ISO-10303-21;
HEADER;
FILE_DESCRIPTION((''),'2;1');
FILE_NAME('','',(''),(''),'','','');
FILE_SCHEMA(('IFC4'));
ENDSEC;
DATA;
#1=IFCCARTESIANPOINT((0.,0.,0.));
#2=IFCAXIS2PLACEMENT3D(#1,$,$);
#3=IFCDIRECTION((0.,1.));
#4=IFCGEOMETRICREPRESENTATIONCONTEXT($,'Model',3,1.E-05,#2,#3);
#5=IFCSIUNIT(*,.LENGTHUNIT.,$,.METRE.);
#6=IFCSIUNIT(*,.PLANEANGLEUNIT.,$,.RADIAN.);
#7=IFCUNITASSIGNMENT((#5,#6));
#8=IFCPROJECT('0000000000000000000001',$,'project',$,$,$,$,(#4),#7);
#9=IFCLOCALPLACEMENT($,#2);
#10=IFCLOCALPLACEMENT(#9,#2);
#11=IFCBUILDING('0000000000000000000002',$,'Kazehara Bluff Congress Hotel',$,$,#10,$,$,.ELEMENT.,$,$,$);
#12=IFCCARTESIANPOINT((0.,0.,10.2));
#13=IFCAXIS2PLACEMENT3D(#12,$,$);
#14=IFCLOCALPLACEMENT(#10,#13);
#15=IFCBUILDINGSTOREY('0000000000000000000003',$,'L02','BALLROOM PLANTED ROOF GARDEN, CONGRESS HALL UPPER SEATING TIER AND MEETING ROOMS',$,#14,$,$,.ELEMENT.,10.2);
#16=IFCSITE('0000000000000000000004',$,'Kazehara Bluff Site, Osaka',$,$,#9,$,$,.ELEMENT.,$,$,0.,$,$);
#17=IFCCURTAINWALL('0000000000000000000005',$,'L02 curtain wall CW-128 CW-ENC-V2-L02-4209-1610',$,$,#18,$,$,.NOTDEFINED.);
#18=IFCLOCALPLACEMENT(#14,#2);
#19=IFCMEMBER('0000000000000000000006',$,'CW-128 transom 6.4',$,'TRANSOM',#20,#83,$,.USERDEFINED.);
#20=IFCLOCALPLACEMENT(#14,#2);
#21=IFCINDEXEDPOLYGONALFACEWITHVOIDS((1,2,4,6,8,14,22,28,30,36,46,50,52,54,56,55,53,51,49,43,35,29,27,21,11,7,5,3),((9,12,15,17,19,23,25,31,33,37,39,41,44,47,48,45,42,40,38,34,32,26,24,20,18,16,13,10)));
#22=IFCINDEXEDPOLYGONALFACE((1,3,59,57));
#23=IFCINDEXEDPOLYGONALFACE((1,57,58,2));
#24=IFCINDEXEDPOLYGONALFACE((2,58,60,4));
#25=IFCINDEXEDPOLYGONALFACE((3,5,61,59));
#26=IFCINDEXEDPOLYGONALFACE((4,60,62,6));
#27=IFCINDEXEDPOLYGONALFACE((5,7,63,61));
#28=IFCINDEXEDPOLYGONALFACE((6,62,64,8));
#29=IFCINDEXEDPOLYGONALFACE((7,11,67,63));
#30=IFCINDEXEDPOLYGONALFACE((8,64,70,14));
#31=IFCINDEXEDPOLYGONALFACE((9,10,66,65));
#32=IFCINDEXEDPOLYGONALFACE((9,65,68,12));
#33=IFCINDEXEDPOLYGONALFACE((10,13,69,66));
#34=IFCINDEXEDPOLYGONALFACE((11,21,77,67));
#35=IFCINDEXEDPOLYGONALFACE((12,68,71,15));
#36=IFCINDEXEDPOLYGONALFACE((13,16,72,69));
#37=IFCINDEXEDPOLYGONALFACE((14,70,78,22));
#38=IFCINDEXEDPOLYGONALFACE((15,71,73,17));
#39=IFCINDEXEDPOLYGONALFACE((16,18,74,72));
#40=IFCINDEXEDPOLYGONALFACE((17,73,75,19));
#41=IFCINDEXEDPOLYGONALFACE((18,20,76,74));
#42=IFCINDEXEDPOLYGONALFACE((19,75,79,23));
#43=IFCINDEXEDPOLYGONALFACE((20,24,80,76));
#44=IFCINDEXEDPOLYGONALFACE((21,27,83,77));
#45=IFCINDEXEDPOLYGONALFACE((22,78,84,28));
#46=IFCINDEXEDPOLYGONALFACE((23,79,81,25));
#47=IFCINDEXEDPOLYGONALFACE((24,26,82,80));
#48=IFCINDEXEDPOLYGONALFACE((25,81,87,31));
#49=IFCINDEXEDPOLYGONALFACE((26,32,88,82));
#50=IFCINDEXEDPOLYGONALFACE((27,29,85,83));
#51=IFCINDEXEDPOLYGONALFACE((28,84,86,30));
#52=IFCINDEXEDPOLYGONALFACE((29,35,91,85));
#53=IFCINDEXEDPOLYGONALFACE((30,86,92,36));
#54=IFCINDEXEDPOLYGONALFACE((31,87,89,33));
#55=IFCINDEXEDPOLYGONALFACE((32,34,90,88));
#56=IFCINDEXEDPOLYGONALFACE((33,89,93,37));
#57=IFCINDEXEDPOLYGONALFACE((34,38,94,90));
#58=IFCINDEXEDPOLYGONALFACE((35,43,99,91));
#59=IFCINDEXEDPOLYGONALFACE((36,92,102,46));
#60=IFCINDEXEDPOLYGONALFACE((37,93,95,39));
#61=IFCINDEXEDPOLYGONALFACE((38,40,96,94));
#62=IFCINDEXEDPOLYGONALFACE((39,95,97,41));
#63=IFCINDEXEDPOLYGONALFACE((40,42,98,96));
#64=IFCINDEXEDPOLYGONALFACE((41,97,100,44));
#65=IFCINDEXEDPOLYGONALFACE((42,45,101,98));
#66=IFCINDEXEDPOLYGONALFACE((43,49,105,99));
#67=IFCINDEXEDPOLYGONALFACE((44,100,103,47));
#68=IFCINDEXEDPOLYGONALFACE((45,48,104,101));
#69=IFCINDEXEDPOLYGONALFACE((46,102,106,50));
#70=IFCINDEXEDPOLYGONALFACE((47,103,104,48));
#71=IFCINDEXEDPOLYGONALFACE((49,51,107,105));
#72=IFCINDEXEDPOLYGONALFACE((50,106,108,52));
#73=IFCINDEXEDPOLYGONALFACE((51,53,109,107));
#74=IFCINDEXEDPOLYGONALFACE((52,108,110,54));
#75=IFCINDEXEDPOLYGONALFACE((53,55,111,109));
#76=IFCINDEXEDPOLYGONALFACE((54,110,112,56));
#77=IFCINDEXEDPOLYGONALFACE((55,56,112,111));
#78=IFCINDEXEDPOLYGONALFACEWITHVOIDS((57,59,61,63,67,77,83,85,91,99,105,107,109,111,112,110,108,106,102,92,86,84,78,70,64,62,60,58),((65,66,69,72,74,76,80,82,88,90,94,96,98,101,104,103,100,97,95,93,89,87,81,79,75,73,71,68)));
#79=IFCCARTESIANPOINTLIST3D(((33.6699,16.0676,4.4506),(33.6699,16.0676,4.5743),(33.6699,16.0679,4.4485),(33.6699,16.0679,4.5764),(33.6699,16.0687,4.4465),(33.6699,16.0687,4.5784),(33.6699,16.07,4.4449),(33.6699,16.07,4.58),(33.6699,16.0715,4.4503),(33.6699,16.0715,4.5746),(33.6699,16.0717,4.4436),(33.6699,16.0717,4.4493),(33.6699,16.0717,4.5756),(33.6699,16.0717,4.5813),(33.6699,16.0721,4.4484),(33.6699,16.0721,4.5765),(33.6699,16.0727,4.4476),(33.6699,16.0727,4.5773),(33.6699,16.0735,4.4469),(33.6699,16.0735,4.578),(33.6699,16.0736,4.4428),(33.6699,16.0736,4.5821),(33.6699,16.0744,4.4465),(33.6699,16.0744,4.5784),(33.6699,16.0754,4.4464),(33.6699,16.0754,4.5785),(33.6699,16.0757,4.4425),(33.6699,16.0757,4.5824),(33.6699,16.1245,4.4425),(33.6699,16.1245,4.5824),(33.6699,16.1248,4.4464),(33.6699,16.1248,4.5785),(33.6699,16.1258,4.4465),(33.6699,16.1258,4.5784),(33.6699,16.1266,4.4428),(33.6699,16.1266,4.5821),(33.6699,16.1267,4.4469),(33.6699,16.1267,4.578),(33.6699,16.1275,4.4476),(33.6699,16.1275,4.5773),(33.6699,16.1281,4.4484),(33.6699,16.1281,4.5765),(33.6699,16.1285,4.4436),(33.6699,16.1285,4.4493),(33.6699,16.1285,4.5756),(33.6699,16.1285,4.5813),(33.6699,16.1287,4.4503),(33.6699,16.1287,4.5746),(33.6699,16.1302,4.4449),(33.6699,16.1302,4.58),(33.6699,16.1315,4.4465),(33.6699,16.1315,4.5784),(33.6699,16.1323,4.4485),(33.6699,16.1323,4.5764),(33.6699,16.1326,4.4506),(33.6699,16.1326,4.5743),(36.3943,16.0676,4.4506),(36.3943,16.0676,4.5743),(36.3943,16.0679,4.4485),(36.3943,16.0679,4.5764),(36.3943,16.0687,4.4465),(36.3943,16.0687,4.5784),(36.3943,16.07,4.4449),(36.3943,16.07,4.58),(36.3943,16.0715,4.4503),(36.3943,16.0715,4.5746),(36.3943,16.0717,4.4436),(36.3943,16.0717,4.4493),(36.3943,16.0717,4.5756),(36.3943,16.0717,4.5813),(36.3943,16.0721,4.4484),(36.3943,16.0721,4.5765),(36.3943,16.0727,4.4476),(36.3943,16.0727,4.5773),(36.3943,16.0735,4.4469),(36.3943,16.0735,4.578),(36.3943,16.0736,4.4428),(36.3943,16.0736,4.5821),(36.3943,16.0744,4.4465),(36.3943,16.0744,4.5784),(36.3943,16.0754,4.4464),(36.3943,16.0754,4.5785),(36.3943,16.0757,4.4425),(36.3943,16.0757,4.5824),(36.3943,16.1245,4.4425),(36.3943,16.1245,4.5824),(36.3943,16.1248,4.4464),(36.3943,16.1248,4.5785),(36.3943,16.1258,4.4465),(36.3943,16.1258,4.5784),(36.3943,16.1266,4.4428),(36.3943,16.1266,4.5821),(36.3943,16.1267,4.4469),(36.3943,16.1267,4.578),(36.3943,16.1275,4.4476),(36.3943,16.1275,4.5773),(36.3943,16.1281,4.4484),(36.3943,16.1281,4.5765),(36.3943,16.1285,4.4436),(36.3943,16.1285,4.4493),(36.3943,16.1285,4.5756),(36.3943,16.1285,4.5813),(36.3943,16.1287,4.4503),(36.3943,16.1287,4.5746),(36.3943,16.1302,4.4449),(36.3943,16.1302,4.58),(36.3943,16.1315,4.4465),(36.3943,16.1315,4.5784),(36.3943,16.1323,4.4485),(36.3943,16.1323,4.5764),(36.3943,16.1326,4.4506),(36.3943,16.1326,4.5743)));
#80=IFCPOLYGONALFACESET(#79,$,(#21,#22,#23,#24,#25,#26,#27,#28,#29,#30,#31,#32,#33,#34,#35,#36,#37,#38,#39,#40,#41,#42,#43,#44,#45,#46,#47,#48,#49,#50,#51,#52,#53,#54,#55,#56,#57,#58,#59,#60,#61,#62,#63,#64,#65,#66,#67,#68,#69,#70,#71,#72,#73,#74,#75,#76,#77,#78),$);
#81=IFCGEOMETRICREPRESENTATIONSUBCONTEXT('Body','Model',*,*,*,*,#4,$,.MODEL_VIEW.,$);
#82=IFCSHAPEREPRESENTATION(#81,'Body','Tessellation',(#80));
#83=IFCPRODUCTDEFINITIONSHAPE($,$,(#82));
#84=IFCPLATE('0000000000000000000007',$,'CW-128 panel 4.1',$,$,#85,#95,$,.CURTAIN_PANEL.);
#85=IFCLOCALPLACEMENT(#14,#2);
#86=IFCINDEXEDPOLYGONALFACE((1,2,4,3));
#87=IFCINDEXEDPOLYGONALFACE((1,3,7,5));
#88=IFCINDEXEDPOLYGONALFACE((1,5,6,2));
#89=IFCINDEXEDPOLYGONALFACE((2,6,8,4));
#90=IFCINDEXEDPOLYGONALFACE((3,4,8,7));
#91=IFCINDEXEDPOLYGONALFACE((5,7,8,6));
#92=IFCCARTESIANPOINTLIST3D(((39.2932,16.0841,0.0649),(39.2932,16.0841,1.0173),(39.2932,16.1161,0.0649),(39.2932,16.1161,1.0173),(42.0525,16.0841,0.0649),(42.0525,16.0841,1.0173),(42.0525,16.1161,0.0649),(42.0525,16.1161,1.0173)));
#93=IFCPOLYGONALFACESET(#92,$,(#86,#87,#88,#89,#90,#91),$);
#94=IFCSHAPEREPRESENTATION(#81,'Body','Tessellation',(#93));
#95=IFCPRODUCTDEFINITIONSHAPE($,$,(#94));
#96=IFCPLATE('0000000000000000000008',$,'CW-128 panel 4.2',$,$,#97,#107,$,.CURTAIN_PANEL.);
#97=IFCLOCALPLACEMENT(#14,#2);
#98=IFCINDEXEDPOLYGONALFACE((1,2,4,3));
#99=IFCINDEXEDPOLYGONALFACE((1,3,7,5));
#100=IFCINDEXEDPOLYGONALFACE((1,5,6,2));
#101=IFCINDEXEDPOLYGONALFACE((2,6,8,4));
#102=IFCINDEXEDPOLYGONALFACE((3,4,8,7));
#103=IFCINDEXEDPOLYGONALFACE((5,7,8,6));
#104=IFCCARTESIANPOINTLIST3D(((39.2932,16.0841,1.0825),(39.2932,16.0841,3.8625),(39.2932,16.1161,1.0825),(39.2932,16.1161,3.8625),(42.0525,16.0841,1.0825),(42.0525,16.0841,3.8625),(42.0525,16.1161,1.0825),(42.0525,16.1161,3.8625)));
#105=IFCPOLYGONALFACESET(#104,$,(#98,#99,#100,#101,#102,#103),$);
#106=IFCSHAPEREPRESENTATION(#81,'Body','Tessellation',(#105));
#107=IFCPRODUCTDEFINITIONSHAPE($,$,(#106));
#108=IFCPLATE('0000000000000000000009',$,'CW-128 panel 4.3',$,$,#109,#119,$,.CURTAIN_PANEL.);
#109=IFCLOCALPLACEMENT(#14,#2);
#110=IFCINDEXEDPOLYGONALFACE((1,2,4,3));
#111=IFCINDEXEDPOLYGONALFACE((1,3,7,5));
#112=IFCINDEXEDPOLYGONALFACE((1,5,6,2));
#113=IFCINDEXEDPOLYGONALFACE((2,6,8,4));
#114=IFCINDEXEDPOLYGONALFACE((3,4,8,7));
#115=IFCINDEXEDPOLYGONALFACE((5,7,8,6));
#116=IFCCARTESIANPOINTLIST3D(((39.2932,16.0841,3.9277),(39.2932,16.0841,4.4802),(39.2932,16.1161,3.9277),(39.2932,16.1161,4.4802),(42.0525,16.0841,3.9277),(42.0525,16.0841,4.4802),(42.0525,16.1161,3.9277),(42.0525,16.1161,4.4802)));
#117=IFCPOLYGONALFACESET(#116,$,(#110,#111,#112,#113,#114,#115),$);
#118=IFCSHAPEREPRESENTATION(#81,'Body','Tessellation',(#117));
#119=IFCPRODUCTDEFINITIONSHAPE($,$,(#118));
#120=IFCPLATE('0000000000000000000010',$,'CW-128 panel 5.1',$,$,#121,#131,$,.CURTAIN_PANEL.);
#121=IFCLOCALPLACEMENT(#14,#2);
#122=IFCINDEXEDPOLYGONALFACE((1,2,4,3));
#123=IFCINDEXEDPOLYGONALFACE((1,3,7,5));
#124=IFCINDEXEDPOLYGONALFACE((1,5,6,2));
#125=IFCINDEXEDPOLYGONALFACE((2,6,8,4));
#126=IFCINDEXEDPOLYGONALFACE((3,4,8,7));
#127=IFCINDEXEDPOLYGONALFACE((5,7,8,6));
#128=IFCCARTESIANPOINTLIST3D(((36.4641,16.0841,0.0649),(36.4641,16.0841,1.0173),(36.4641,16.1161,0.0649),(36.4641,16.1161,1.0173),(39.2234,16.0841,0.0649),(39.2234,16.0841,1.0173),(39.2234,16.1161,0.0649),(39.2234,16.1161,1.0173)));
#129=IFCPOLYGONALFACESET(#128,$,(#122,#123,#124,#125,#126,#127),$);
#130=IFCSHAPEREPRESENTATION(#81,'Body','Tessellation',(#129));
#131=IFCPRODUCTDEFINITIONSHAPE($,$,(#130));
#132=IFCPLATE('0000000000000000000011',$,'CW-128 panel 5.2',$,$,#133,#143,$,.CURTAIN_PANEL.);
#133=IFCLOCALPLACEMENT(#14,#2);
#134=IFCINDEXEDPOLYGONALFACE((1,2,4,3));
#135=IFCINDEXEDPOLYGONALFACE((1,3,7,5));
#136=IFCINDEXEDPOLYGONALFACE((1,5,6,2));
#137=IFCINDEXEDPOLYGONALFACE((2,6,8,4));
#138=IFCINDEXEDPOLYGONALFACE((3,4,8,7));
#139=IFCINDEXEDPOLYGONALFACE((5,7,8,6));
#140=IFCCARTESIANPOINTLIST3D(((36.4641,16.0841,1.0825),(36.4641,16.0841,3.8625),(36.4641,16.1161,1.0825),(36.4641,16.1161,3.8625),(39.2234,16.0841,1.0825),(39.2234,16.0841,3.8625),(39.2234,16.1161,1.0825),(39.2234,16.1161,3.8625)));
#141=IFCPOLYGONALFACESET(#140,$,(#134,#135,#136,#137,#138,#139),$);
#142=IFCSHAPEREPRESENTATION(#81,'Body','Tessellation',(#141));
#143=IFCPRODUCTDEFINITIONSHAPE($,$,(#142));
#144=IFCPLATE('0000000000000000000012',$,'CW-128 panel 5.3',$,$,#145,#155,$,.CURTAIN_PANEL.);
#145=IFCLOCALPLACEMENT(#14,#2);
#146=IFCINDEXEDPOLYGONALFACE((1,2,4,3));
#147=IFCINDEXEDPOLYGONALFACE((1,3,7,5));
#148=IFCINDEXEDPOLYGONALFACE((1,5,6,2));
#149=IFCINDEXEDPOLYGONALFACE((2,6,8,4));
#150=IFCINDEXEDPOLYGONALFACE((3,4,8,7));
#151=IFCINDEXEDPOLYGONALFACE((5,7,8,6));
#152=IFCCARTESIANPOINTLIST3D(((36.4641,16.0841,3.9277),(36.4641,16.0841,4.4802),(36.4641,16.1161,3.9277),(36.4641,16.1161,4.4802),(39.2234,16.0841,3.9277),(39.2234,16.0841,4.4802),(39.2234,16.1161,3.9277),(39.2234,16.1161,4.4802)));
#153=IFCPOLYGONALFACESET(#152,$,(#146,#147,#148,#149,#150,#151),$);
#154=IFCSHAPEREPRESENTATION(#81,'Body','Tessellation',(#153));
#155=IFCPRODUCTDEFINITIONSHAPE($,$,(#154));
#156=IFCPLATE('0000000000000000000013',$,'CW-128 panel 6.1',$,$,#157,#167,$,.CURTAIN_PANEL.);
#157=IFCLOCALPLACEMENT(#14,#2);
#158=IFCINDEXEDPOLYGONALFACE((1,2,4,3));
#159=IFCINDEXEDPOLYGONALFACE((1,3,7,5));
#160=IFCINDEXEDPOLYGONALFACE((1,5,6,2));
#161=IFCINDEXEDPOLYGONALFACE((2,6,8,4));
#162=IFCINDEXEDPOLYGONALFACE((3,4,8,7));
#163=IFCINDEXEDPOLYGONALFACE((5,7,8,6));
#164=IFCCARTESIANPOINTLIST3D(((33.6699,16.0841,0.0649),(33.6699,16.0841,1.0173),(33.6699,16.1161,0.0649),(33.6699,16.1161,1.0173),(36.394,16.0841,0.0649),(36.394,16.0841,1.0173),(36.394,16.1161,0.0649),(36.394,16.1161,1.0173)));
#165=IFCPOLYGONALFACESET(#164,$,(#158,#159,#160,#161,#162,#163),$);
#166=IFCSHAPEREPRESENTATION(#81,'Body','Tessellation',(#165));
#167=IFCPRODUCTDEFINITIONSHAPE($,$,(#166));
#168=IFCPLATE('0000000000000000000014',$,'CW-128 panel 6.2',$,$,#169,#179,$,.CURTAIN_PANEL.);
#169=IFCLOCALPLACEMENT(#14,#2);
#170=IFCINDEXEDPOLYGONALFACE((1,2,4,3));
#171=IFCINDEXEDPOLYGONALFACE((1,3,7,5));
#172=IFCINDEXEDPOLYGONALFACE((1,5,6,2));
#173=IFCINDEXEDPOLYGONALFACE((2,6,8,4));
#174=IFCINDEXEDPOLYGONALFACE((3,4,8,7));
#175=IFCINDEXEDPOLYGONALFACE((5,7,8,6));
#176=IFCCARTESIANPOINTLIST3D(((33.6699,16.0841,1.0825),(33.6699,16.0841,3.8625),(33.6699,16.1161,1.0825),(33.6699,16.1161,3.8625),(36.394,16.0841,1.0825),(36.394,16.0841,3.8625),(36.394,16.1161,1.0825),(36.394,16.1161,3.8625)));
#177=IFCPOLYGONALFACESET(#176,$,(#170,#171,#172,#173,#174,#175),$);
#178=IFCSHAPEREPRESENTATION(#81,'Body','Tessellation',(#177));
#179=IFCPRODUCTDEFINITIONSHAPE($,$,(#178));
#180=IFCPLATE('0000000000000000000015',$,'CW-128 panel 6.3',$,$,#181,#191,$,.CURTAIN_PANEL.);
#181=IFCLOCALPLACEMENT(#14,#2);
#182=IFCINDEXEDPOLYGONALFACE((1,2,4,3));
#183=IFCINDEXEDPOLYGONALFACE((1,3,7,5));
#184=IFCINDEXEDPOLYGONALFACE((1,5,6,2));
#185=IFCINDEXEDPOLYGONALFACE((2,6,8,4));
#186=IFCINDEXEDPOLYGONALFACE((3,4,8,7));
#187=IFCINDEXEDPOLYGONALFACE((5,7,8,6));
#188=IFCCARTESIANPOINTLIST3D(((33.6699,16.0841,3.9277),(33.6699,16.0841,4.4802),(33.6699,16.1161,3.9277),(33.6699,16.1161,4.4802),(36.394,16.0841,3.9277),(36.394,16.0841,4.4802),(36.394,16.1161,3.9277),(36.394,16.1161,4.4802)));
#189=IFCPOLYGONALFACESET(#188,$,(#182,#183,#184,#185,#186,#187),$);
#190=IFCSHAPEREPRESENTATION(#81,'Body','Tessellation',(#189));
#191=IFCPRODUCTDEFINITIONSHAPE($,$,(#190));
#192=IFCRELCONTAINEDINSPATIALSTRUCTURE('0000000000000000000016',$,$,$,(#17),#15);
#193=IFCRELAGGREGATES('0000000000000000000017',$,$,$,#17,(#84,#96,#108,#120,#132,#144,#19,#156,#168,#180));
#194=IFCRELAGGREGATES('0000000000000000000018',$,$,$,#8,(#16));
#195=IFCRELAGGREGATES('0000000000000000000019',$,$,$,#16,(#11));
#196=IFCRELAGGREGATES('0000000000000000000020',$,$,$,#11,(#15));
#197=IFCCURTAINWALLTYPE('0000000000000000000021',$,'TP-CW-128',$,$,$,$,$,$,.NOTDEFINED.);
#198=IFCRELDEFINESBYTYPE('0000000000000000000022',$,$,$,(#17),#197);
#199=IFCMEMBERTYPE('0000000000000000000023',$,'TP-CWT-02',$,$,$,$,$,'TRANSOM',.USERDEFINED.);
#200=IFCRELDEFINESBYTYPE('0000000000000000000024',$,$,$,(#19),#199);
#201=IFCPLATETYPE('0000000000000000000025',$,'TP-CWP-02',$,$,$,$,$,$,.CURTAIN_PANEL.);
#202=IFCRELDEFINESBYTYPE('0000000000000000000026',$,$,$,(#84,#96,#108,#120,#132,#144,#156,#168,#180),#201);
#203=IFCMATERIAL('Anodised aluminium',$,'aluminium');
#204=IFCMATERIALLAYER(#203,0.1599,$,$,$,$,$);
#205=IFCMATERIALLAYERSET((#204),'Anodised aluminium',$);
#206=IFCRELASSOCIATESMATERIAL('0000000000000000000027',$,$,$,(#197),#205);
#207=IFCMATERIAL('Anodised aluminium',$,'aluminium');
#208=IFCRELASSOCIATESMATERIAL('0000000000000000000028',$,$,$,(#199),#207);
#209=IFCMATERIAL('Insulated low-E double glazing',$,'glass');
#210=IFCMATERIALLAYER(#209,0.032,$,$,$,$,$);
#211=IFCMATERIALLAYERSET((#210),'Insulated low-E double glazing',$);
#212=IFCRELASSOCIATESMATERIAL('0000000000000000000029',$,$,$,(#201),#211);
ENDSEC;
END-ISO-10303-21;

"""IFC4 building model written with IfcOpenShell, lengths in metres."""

from ifc_helpers import new_model, si_unit, direction, frame, origin, origin_2d, place, context, subcontext, project, spatial, rectangle, hollow_rectangle, extrude, material, layer, layer_set, material_profile, profile_set, type_object, element, aggregate, save


model = new_model("IFC4")

# Units and contexts
model_context = context("Model", 3, precision=1e-05, world=origin(), true_north=direction((0.0, 1.0)))
body_context = subcontext(model_context, "Body", "Model", "MODEL_VIEW")
ifc_project = project(units=[si_unit("LENGTHUNIT", "METRE"), si_unit("PLANEANGLEUNIT", "RADIAN")], contexts=[model_context])

# Site, building, storey
site_placement = place(None, origin())
site = spatial("IfcSite", under=ifc_project, at=site_placement, Name="Kazehara Bluff Site, Osaka", CompositionType="ELEMENT", RefElevation=0.0)
building_placement = place(site_placement, origin())
building = spatial("IfcBuilding", under=site, at=building_placement, Name="Kazehara Bluff Congress Hotel", CompositionType="ELEMENT")
storey_placement = place(building_placement, frame((0.0, 0.0, 10.2)))
storey = spatial("IfcBuildingStorey", under=building, at=storey_placement, Name="L02", Description="BALLROOM PLANTED ROOF GARDEN, CONGRESS HALL UPPER SEATING TIER AND MEETING ROOMS", CompositionType="ELEMENT", Elevation=10.2)

# Curtain wall, member, plates
ifc_material_1 = material(Name="Anodised aluminium", Category="aluminium")
ifc_layer_1 = layer(ifc_material_1, 0.1599)
ifc_layer_set_1 = layer_set([ifc_layer_1], Name="Anodised aluminium")
curtain_wall_type = type_object("IfcCurtainWallType", Name="TP-CW-128", PredefinedType="NOTDEFINED", material=ifc_layer_set_1)
curtain_wall_placement = place(storey_placement, origin())
curtain_wall = element("IfcCurtainWall", 1, at=curtain_wall_placement, inside=storey, type_object=curtain_wall_type, Name="L02 curtain wall CW-128 CW-ENC-V2-L02-4209-1610", PredefinedType="NOTDEFINED")
ifc_material_2 = material(Name="Anodised aluminium", Category="aluminium")
ifc_material_profile_1 = material_profile(ifc_material_2, hollow_rectangle(XDim=0.0649, YDim=0.1399, WallThickness=0.0039, InnerFilletRadius=0.0039, OuterFilletRadius=0.0081, at=origin_2d()))
ifc_profile_set_1 = profile_set([ifc_material_profile_1], Name="Anodised aluminium")
member_type_1 = type_object("IfcMemberType", Name="TP-CWT-02", ElementType="TRANSOM", PredefinedType="USERDEFINED", material=ifc_profile_set_1)
member_1_placement = place(storey_placement, frame((36.3943, 16.1001, 4.5125), z_axis=(-1.0, 0.0, 0.0), x_axis=(0.0, -1.0, 0.0)))
member_1 = element("IfcMember", 2, at=member_1_placement, type_object=member_type_1, Name="CW-128 transom 6.4", ObjectType="TRANSOM", PredefinedType="USERDEFINED", context=body_context, shape_type="SweptSolid", body=[
    extrude(hollow_rectangle(XDim=0.0649, YDim=0.1399, WallThickness=0.0039, InnerFilletRadius=0.0039, OuterFilletRadius=0.0081, at=origin_2d()), origin(), (0.0, 0.0, 1.0), 2.7244),
])
ifc_material_3 = material(Name="Insulated low-E double glazing", Category="glass")
ifc_layer_2 = layer(ifc_material_3, 0.032)
ifc_layer_set_2 = layer_set([ifc_layer_2], Name="Insulated low-E double glazing")
plate_type = type_object("IfcPlateType", Name="TP-CWP-02", PredefinedType="CURTAIN_PANEL", material=ifc_layer_set_2)
plate_1_placement = place(storey_placement, frame((40.6729, 16.1001, 0.0649), z_axis=(0.0, 0.0, 1.0), x_axis=(-1.0, 0.0, 0.0)))
plate_1 = element("IfcPlate", 3, at=plate_1_placement, type_object=plate_type, Name="CW-128 panel 4.1", PredefinedType="CURTAIN_PANEL", context=body_context, shape_type="SweptSolid", body=[
    extrude(rectangle(XDim=2.7593, YDim=0.032, at=origin_2d()), origin(), (0.0, 0.0, 1.0), 0.9524),
])
plate_2_placement = place(storey_placement, frame((40.6729, 16.1001, 1.0825), z_axis=(0.0, 0.0, 1.0), x_axis=(-1.0, 0.0, 0.0)))
plate_2 = element("IfcPlate", 4, at=plate_2_placement, type_object=plate_type, Name="CW-128 panel 4.2", PredefinedType="CURTAIN_PANEL", context=body_context, shape_type="SweptSolid", body=[
    extrude(rectangle(XDim=2.7593, YDim=0.032, at=origin_2d()), origin(), (0.0, 0.0, 1.0), 2.78),
])
plate_3_placement = place(storey_placement, frame((40.6729, 16.1001, 3.9277), z_axis=(0.0, 0.0, 1.0), x_axis=(-1.0, 0.0, 0.0)))
plate_3 = element("IfcPlate", 5, at=plate_3_placement, type_object=plate_type, Name="CW-128 panel 4.3", PredefinedType="CURTAIN_PANEL", context=body_context, shape_type="SweptSolid", body=[
    extrude(rectangle(XDim=2.7593, YDim=0.032, at=origin_2d()), origin(), (0.0, 0.0, 1.0), 0.5525),
])
plate_4_placement = place(storey_placement, frame((37.8438, 16.1001, 0.0649), z_axis=(0.0, 0.0, 1.0), x_axis=(-1.0, 0.0, 0.0)))
plate_4 = element("IfcPlate", 6, at=plate_4_placement, type_object=plate_type, Name="CW-128 panel 5.1", PredefinedType="CURTAIN_PANEL", context=body_context, shape_type="SweptSolid", body=[
    extrude(rectangle(XDim=2.7593, YDim=0.032, at=origin_2d()), origin(), (0.0, 0.0, 1.0), 0.9524),
])
plate_5_placement = place(storey_placement, frame((37.8438, 16.1001, 1.0825), z_axis=(0.0, 0.0, 1.0), x_axis=(-1.0, 0.0, 0.0)))
plate_5 = element("IfcPlate", 7, at=plate_5_placement, type_object=plate_type, Name="CW-128 panel 5.2", PredefinedType="CURTAIN_PANEL", context=body_context, shape_type="SweptSolid", body=[
    extrude(rectangle(XDim=2.7593, YDim=0.032, at=origin_2d()), origin(), (0.0, 0.0, 1.0), 2.78),
])
plate_6_placement = place(storey_placement, frame((37.8438, 16.1001, 3.9277), z_axis=(0.0, 0.0, 1.0), x_axis=(-1.0, 0.0, 0.0)))
plate_6 = element("IfcPlate", 8, at=plate_6_placement, type_object=plate_type, Name="CW-128 panel 5.3", PredefinedType="CURTAIN_PANEL", context=body_context, shape_type="SweptSolid", body=[
    extrude(rectangle(XDim=2.7593, YDim=0.032, at=origin_2d()), origin(), (0.0, 0.0, 1.0), 0.5525),
])
plate_7_placement = place(storey_placement, frame((35.032, 16.1001, 0.0649), z_axis=(0.0, 0.0, 1.0), x_axis=(-1.0, 0.0, 0.0)))
plate_7 = element("IfcPlate", 9, at=plate_7_placement, type_object=plate_type, Name="CW-128 panel 6.1", PredefinedType="CURTAIN_PANEL", context=body_context, shape_type="SweptSolid", body=[
    extrude(rectangle(XDim=2.7241, YDim=0.032, at=origin_2d()), origin(), (0.0, 0.0, 1.0), 0.9524),
])
plate_8_placement = place(storey_placement, frame((35.032, 16.1001, 1.0825), z_axis=(0.0, 0.0, 1.0), x_axis=(-1.0, 0.0, 0.0)))
plate_8 = element("IfcPlate", 10, at=plate_8_placement, type_object=plate_type, Name="CW-128 panel 6.2", PredefinedType="CURTAIN_PANEL", context=body_context, shape_type="SweptSolid", body=[
    extrude(rectangle(XDim=2.7241, YDim=0.032, at=origin_2d()), origin(), (0.0, 0.0, 1.0), 2.78),
])
plate_9_placement = place(storey_placement, frame((35.032, 16.1001, 3.9277), z_axis=(0.0, 0.0, 1.0), x_axis=(-1.0, 0.0, 0.0)))
plate_9 = element("IfcPlate", 11, at=plate_9_placement, type_object=plate_type, Name="CW-128 panel 6.3", PredefinedType="CURTAIN_PANEL", context=body_context, shape_type="SweptSolid", body=[
    extrude(rectangle(XDim=2.7241, YDim=0.032, at=origin_2d()), origin(), (0.0, 0.0, 1.0), 0.5525),
])
aggregate(curtain_wall, [plate_1, plate_2, plate_3, plate_4, plate_5, plate_6, member_1, plate_7, plate_8, plate_9])

save(model, "model.ifc")
